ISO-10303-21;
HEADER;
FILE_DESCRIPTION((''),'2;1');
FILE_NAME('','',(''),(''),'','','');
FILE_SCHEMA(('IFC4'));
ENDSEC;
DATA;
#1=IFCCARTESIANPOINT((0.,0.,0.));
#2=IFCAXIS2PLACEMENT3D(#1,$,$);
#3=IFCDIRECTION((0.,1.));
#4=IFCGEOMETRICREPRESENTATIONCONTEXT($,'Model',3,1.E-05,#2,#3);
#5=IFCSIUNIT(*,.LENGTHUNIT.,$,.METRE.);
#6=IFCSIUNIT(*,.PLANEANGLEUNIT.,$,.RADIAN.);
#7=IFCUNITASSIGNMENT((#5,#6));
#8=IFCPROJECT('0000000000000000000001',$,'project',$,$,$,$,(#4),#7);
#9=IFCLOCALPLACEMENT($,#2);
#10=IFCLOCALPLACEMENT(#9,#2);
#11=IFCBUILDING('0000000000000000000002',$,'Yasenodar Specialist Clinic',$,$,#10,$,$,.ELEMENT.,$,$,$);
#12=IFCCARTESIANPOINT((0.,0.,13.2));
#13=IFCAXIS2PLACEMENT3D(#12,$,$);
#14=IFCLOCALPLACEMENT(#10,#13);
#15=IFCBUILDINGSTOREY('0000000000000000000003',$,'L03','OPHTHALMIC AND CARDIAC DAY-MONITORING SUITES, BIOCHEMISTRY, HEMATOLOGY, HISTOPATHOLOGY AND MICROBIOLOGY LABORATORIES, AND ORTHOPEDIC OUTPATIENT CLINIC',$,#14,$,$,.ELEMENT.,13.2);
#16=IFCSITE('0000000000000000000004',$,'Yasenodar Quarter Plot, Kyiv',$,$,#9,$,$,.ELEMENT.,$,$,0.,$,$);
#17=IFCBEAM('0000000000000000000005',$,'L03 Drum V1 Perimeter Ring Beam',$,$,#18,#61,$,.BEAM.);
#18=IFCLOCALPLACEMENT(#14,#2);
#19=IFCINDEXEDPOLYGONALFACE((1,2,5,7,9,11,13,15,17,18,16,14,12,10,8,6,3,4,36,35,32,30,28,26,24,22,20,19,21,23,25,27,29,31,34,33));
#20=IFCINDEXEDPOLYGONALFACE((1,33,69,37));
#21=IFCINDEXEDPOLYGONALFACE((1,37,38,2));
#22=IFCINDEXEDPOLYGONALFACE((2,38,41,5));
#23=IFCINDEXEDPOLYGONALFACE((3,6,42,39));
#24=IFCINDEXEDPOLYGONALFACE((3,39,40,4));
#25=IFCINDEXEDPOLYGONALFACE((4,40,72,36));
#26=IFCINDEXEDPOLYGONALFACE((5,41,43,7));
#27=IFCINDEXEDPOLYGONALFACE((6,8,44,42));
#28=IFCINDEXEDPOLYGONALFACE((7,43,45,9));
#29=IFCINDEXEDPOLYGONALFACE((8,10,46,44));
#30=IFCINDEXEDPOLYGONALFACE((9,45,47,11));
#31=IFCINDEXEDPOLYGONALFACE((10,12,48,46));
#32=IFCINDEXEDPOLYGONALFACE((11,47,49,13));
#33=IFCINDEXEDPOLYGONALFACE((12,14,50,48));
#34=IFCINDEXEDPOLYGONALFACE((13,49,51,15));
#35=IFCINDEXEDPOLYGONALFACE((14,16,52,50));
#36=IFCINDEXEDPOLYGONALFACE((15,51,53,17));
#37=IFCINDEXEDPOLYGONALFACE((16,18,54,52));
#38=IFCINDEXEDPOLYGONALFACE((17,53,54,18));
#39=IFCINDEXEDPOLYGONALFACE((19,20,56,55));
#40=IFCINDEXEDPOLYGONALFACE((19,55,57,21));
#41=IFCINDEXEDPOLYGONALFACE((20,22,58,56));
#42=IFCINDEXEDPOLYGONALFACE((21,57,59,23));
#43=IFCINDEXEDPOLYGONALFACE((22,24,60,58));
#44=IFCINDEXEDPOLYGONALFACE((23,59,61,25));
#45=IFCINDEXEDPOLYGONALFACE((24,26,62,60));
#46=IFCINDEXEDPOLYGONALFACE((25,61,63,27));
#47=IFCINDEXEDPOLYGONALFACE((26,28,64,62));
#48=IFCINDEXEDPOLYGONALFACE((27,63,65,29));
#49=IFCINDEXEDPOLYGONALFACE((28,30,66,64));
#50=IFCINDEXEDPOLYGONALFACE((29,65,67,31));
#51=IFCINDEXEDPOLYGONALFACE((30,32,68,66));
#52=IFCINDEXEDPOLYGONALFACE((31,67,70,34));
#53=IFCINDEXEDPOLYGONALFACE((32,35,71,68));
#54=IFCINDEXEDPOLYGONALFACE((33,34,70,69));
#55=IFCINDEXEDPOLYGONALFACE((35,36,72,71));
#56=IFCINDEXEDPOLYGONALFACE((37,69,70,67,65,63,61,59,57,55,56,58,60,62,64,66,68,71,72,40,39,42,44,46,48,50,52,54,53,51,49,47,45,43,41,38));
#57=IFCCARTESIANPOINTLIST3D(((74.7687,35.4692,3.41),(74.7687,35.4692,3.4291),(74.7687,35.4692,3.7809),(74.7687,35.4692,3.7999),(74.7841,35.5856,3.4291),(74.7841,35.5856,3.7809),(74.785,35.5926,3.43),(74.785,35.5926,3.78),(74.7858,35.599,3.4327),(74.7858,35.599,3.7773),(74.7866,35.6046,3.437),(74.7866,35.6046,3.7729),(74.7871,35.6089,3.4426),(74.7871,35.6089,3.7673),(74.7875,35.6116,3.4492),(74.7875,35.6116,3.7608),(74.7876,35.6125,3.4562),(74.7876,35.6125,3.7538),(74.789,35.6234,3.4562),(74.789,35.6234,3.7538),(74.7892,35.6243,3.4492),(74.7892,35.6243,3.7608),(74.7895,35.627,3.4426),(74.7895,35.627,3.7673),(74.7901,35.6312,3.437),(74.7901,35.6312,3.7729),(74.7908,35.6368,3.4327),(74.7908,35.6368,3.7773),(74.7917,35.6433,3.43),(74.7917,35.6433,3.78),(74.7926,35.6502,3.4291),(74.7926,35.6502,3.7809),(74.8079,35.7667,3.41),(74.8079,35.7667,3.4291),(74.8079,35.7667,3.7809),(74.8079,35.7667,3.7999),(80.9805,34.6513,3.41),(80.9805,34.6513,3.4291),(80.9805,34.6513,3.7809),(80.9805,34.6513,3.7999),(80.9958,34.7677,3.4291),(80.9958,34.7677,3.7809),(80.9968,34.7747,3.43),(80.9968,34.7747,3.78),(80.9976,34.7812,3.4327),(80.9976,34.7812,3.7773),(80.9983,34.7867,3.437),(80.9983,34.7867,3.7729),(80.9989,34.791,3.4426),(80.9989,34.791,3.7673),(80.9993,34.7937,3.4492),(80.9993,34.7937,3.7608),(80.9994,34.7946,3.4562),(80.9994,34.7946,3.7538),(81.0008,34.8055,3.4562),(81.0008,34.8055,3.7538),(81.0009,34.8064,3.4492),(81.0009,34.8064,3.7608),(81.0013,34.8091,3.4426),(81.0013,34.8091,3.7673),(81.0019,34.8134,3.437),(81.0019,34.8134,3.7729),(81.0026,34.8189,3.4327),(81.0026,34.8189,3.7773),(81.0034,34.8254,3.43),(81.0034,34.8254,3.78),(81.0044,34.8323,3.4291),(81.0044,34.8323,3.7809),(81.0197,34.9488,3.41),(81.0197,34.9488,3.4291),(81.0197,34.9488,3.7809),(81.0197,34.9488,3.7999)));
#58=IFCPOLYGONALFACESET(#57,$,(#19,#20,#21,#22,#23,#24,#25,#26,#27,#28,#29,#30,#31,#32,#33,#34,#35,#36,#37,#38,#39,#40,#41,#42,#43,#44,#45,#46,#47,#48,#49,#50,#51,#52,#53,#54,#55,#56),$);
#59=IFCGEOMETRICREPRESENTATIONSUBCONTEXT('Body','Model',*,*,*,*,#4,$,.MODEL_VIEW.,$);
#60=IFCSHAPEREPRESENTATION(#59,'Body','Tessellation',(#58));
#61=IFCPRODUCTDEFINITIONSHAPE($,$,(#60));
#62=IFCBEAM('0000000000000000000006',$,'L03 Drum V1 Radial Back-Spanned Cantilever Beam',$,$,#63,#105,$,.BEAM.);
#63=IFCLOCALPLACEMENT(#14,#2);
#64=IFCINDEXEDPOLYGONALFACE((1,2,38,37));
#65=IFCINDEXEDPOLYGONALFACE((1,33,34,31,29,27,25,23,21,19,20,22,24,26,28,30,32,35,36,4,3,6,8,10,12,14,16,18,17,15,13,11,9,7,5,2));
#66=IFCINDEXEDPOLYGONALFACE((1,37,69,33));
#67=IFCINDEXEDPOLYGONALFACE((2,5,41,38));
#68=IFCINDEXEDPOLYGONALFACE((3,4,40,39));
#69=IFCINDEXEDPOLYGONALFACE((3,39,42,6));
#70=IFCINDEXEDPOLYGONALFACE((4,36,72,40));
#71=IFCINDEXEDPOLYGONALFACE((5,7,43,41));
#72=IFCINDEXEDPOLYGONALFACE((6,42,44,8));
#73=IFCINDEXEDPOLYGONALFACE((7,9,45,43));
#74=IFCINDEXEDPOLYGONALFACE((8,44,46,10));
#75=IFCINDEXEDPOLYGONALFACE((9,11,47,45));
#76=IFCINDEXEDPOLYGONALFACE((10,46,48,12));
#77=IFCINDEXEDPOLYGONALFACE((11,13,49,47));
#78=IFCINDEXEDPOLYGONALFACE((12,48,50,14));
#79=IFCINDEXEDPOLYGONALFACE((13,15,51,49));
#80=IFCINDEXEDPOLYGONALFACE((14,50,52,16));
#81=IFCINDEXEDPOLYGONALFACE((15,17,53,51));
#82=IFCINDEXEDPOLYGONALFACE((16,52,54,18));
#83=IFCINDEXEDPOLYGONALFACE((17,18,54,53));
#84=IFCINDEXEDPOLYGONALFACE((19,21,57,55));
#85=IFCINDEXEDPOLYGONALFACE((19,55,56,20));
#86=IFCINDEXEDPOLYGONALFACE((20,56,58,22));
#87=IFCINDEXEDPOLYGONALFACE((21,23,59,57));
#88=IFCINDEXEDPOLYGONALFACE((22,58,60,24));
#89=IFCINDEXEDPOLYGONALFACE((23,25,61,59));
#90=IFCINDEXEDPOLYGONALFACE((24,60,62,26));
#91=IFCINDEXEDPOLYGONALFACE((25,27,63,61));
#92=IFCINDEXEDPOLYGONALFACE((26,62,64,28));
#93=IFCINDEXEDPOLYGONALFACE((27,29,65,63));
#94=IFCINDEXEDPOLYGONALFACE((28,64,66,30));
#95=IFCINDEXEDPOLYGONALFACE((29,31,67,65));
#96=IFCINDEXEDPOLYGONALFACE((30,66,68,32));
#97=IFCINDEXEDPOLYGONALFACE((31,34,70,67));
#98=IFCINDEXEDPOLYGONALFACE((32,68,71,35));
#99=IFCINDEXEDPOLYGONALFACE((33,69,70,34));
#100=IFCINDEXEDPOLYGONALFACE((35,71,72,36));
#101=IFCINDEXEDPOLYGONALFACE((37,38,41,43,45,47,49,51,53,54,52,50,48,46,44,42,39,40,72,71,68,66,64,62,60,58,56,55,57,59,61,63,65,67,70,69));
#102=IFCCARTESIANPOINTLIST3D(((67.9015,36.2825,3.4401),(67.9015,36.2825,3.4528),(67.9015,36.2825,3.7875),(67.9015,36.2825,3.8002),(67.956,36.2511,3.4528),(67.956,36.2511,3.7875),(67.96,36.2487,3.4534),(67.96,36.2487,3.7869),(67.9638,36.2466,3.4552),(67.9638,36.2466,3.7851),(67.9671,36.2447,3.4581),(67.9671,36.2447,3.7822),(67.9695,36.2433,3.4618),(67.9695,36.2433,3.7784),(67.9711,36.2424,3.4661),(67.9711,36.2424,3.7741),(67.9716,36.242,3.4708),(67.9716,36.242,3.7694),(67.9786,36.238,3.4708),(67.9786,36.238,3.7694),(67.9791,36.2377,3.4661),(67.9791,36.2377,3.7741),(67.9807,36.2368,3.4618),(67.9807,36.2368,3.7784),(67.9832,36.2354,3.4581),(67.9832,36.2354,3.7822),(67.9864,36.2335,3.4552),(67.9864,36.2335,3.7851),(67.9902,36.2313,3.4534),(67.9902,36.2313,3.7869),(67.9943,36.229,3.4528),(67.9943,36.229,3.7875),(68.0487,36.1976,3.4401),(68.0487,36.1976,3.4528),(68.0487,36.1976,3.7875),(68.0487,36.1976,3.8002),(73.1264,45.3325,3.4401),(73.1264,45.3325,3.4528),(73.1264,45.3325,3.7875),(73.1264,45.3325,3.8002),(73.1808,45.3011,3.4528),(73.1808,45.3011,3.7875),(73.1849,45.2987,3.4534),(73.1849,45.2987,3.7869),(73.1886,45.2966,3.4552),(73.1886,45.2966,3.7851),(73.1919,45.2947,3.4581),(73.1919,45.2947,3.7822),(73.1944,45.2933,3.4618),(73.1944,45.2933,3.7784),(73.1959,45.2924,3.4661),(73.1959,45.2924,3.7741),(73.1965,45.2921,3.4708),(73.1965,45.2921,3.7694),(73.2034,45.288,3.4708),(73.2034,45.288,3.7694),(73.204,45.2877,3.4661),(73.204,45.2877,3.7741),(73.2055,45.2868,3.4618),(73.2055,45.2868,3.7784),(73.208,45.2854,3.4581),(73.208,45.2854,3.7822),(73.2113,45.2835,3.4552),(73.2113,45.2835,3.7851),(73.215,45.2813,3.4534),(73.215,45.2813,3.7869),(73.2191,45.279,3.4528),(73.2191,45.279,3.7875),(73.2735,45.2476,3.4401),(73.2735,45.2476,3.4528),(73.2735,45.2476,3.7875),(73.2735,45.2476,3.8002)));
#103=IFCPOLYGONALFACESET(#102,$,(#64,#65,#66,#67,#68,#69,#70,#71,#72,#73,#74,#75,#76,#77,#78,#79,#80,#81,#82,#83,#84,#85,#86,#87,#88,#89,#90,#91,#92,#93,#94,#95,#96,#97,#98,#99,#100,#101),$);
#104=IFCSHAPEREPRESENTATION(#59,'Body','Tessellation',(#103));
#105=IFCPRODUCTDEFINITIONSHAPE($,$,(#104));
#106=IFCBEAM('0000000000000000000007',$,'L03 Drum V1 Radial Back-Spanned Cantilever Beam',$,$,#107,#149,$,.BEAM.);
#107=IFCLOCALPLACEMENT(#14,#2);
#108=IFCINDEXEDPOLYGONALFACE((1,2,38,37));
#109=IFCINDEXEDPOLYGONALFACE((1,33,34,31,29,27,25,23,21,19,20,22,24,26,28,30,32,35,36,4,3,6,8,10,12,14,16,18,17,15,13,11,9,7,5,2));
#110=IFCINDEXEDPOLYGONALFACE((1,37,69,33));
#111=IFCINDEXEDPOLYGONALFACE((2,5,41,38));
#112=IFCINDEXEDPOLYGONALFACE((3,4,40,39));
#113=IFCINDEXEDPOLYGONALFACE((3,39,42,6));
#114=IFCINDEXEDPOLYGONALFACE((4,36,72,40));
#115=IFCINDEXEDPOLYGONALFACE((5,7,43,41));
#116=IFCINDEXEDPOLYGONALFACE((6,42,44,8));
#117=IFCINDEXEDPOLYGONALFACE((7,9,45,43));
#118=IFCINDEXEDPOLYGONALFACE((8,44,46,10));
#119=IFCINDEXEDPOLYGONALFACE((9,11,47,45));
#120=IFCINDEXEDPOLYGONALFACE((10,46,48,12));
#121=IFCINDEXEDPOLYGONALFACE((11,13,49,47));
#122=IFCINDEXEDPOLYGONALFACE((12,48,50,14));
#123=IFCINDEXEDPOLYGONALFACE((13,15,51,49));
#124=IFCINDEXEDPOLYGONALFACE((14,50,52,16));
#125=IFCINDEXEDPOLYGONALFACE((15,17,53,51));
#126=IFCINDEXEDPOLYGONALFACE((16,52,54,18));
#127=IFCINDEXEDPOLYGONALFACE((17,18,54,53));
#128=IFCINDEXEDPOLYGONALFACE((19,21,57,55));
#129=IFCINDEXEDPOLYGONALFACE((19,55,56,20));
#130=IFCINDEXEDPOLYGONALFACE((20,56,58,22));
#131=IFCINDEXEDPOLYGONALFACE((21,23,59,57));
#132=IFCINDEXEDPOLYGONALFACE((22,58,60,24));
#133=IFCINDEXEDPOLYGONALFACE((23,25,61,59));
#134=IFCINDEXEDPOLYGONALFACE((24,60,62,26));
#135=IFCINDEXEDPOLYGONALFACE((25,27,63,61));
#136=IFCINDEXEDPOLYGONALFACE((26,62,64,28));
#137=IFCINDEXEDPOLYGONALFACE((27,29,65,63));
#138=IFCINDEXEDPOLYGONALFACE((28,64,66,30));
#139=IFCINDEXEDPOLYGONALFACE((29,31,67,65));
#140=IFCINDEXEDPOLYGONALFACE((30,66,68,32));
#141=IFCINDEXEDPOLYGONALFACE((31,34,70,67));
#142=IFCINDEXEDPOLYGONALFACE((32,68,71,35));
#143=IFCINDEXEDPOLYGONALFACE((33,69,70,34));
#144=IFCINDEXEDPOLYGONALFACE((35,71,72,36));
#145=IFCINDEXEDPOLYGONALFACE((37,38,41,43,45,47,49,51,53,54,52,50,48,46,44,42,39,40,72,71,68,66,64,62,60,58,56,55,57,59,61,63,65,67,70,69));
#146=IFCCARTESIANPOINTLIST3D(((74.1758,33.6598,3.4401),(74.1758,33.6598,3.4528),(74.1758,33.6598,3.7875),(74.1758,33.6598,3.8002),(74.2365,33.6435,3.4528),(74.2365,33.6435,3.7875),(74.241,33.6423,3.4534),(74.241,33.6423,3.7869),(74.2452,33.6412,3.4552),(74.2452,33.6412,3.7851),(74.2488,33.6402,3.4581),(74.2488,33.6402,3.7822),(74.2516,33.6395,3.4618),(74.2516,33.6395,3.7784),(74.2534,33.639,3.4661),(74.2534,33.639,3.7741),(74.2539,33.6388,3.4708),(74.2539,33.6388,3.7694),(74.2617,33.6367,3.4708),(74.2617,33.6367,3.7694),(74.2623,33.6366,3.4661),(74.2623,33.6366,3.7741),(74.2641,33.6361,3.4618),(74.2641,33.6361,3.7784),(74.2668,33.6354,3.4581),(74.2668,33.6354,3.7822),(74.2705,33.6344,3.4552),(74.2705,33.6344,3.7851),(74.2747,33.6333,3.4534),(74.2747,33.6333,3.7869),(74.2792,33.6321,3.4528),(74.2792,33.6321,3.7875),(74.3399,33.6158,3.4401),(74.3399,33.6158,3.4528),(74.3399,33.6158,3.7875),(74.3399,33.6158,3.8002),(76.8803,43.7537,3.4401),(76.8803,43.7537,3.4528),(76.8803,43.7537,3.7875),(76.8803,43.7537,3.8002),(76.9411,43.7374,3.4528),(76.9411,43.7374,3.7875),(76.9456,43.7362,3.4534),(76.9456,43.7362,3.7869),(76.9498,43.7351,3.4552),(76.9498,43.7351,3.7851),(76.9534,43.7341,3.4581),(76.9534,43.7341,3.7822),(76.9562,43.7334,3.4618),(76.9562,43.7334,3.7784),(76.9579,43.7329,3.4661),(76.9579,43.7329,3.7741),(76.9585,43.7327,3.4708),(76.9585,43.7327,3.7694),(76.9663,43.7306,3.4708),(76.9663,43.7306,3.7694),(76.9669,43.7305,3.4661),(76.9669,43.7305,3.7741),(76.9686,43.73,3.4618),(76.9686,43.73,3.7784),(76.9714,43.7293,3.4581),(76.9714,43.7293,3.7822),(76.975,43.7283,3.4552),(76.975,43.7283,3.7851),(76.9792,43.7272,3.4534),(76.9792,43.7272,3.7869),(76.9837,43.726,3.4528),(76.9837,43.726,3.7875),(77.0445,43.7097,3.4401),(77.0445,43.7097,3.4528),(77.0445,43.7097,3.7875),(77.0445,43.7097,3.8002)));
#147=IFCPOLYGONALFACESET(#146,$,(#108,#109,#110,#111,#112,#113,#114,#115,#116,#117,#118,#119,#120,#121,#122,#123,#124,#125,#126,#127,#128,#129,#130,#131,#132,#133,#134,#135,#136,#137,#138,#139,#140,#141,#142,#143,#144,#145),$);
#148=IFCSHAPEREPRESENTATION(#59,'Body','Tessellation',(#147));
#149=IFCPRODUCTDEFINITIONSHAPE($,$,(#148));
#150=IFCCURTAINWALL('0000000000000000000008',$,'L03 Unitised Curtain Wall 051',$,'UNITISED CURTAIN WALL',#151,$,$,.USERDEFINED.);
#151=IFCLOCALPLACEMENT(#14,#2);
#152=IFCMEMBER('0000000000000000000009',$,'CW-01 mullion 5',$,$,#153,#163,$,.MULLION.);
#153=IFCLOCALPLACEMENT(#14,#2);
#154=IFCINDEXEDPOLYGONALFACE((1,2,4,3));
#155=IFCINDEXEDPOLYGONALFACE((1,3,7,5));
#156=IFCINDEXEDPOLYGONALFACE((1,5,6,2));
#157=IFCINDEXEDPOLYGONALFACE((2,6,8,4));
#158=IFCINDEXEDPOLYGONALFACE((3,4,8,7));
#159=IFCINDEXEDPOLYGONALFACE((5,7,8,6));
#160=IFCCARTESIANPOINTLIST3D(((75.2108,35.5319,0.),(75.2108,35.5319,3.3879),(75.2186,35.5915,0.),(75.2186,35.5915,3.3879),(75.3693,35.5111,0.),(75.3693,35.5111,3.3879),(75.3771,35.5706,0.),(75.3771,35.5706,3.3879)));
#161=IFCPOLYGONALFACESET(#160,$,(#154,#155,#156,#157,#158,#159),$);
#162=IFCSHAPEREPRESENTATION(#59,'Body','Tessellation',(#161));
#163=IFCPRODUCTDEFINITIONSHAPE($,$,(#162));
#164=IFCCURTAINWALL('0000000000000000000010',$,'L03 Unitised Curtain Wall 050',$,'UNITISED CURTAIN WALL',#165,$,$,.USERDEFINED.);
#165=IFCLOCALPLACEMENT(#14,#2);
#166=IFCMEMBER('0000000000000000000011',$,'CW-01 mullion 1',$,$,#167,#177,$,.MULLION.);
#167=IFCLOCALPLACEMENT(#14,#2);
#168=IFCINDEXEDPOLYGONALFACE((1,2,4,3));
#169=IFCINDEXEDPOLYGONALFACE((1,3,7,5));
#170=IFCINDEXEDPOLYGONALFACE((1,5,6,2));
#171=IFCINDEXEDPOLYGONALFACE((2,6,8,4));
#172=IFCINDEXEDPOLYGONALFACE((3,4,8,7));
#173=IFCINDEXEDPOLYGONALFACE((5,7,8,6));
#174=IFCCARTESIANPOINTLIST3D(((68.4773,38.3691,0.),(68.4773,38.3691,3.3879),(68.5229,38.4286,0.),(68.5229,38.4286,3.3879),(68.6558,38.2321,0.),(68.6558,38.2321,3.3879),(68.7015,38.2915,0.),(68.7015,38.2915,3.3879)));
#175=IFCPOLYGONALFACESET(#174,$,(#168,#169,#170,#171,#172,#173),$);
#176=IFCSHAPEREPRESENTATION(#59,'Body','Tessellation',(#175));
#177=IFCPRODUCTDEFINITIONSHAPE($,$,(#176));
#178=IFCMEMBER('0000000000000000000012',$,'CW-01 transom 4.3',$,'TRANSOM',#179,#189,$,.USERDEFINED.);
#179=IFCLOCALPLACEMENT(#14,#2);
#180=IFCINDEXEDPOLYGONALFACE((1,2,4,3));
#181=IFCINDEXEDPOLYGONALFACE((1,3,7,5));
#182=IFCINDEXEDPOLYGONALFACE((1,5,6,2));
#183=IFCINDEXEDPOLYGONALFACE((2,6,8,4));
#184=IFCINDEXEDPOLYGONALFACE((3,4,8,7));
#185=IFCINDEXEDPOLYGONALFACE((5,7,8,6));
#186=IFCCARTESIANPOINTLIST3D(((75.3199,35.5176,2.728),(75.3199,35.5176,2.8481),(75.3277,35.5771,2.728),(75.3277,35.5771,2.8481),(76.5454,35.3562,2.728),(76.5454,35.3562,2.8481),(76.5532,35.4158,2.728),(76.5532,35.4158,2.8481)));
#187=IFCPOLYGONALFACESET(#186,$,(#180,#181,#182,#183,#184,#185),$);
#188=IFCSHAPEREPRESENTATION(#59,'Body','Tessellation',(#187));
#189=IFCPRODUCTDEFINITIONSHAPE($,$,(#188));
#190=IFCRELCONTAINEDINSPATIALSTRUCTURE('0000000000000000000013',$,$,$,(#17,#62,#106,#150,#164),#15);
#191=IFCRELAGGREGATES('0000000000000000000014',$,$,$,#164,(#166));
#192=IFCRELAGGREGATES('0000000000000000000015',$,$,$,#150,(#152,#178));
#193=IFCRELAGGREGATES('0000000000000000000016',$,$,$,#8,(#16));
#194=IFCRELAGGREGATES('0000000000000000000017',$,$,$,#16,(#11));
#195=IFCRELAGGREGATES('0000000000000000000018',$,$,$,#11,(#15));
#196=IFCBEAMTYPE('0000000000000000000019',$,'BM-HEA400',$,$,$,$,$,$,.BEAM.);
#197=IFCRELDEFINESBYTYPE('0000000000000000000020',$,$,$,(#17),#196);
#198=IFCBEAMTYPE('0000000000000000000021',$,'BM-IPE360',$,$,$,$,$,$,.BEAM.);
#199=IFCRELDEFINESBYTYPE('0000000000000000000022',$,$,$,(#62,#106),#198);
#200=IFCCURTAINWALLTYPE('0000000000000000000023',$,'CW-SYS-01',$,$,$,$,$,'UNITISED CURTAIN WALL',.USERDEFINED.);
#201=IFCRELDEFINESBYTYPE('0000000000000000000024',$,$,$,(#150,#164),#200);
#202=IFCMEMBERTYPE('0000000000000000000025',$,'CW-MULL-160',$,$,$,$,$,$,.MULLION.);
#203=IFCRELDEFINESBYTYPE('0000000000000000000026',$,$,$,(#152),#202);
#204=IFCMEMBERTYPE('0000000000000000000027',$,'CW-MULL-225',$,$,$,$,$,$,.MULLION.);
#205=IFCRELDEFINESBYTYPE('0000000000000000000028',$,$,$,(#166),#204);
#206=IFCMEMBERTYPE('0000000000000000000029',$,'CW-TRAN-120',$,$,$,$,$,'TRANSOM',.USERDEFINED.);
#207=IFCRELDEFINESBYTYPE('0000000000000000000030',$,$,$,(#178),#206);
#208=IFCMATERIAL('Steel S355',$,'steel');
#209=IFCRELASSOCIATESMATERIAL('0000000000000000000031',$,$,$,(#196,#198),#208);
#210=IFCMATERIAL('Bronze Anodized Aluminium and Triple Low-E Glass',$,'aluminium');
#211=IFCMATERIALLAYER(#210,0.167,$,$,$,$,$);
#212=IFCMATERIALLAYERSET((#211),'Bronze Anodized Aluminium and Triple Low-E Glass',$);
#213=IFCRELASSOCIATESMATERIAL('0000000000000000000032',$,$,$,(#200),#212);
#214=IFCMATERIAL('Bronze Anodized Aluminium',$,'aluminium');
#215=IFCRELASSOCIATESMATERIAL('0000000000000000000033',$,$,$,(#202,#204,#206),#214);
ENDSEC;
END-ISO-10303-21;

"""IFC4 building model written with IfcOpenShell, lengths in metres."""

from ifc_helpers import new_model, si_unit, direction, frame, origin, origin_2d, place, context, subcontext, project, spatial, rectangle, i_section, extrude, material, layer, layer_set, material_profile, profile_set, type_object, element, aggregate, save


model = new_model("IFC4")

# Units and contexts
model_context = context("Model", 3, precision=1e-05, world=origin(), true_north=direction((0.0, 1.0)))
body_context = subcontext(model_context, "Body", "Model", "MODEL_VIEW")
ifc_project = project(units=[si_unit("LENGTHUNIT", "METRE"), si_unit("PLANEANGLEUNIT", "RADIAN")], contexts=[model_context])

# Site, building, storey
site_placement = place(None, origin())
site = spatial("IfcSite", under=ifc_project, at=site_placement, Name="Yasenodar Quarter Plot, Kyiv", CompositionType="ELEMENT", RefElevation=0.0)
building_placement = place(site_placement, origin())
building = spatial("IfcBuilding", under=site, at=building_placement, Name="Yasenodar Specialist Clinic", CompositionType="ELEMENT")
storey_placement = place(building_placement, frame((0.0, 0.0, 13.2)))
storey = spatial("IfcBuildingStorey", under=building, at=storey_placement, Name="L03", Description="OPHTHALMIC AND CARDIAC DAY-MONITORING SUITES, BIOCHEMISTRY, HEMATOLOGY, HISTOPATHOLOGY AND MICROBIOLOGY LABORATORIES, AND ORTHOPEDIC OUTPATIENT CLINIC", CompositionType="ELEMENT", Elevation=13.2)

# Shared definitions
ifc_material_1 = material(Name="Steel S355", Category="steel")

# Beams
ifc_material_profile_1 = material_profile(ifc_material_1, i_section(OverallWidth=0.3, OverallDepth=0.3899, WebThickness=0.011, FlangeThickness=0.019, FilletRadius=0.0271, at=origin_2d()), Name="HEA 400")
ifc_profile_set_1 = profile_set([ifc_material_profile_1], Name="Steel S355")
beam_type_1 = type_object("IfcBeamType", Name="BM-HEA400", PredefinedType="BEAM", material=ifc_profile_set_1)
beam_1_placement = place(storey_placement, frame((74.7883, 35.6179, 3.605), z_axis=(0.991443, -0.13054, 0.0), x_axis=(0.13054, 0.991443, 0.0)))
element("IfcBeam", 1, at=beam_1_placement, inside=storey, type_object=beam_type_1, Name="L03 Drum V1 Perimeter Ring Beam", PredefinedType="BEAM", context=body_context, shape_type="SweptSolid", body=[
    extrude(i_section(OverallWidth=0.3, OverallDepth=0.3899, WebThickness=0.011, FlangeThickness=0.019, FilletRadius=0.0271, at=origin_2d()), origin(), (0.0, 0.0, 1.0), 6.2654),
])
ifc_material_profile_2 = material_profile(ifc_material_1, i_section(OverallWidth=0.1699, OverallDepth=0.3601, WebThickness=0.0081, FlangeThickness=0.0127, FilletRadius=0.0181, at=origin_2d()), Name="IPE 360")
ifc_profile_set_2 = profile_set([ifc_material_profile_2], Name="Steel S355")
beam_type_2 = type_object("IfcBeamType", Name="BM-IPE360", PredefinedType="BEAM", material=ifc_profile_set_2)
for number, where, z_axis, x_axis, name in (
    (2, (73.2, 45.29, 3.6201), (-0.499986, -0.866033, 0.0), (0.866033, -0.499986, 0.0), "L03 Drum V1 Radial Back-Spanned Cantilever Beam"),
    (3, (76.9624, 43.7317, 3.6201), (-0.258811, -0.965928, 0.0), (0.965928, -0.258811, 0.0), "L03 Drum V1 Radial Back-Spanned Cantilever Beam"),
):
    element("IfcBeam", number, at=place(storey_placement, frame(where, z_axis=z_axis, x_axis=x_axis)), inside=storey, type_object=beam_type_2, Name=name, PredefinedType="BEAM", context=body_context, shape_type="SweptSolid", body=[
        extrude(i_section(OverallWidth=0.1699, OverallDepth=0.3601, WebThickness=0.0081, FlangeThickness=0.0127, FilletRadius=0.0181, at=origin_2d()), origin(), (0.0, 0.0, 1.0), 10.45),
    ])

# Curtain walls, members
ifc_material_2 = material(Name="Bronze Anodized Aluminium and Triple Low-E Glass", Category="aluminium")
ifc_layer_1 = layer(ifc_material_2, 0.167)
ifc_layer_set_1 = layer_set([ifc_layer_1], Name="Bronze Anodized Aluminium and Triple Low-E Glass")
curtain_wall_type = type_object("IfcCurtainWallType", Name="CW-SYS-01", ElementType="UNITISED CURTAIN WALL", PredefinedType="USERDEFINED", material=ifc_layer_set_1)
curtain_wall_1_placement = place(storey_placement, origin())
curtain_wall_1 = element("IfcCurtainWall", 4, at=curtain_wall_1_placement, inside=storey, type_object=curtain_wall_type, Name="L03 Unitised Curtain Wall 051", ObjectType="UNITISED CURTAIN WALL", PredefinedType="USERDEFINED")
ifc_material_3 = material(Name="Bronze Anodized Aluminium", Category="aluminium")
ifc_material_profile_3 = material_profile(ifc_material_3, rectangle(XDim=0.0601, YDim=0.1599, at=origin_2d()), Name="CW-MULL 60x160")
ifc_profile_set_3 = profile_set([ifc_material_profile_3], Name="Bronze Anodized Aluminium")
member_type_1 = type_object("IfcMemberType", Name="CW-MULL-160", PredefinedType="MULLION", material=ifc_profile_set_3)
member_1_placement = place(storey_placement, frame((75.2939, 35.5513, 0.0), z_axis=(0.0, 0.0, 1.0), x_axis=(-0.130512, -0.991447, 0.0)))
member_1 = element("IfcMember", 5, at=member_1_placement, type_object=member_type_1, Name="CW-01 mullion 5", PredefinedType="MULLION", context=body_context, shape_type="SweptSolid", body=[
    extrude(rectangle(XDim=0.0601, YDim=0.1599, at=origin_2d()), origin(), (0.0, 0.0, 1.0), 3.3879),
])
curtain_wall_2_placement = place(storey_placement, origin())
curtain_wall_2 = element("IfcCurtainWall", 6, at=curtain_wall_2_placement, inside=storey, type_object=curtain_wall_type, Name="L03 Unitised Curtain Wall 050", ObjectType="UNITISED CURTAIN WALL", PredefinedType="USERDEFINED")
ifc_material_profile_4 = material_profile(ifc_material_3, rectangle(XDim=0.075, YDim=0.2251, at=origin_2d()), Name="CW-MULL 75x225")
ifc_profile_set_4 = profile_set([ifc_material_profile_4], Name="Bronze Anodized Aluminium")
member_type_2 = type_object("IfcMemberType", Name="CW-MULL-225", PredefinedType="MULLION", material=ifc_profile_set_4)
member_2_placement = place(storey_placement, frame((68.5894, 38.3303, 0.0), z_axis=(0.0, 0.0, 1.0), x_axis=(-0.608752, -0.793361, 0.0)))
member_2 = element("IfcMember", 7, at=member_2_placement, type_object=member_type_2, Name="CW-01 mullion 1", PredefinedType="MULLION", context=body_context, shape_type="SweptSolid", body=[
    extrude(rectangle(XDim=0.075, YDim=0.2251, at=origin_2d()), origin(), (0.0, 0.0, 1.0), 3.3879),
])

# Member
ifc_material_profile_5 = material_profile(ifc_material_3, rectangle(XDim=0.0601, YDim=0.1201, at=origin_2d()), Name="CW-TRAN 60x120")
ifc_profile_set_5 = profile_set([ifc_material_profile_5], Name="Bronze Anodized Aluminium")
member_type_3 = type_object("IfcMemberType", Name="CW-TRAN-120", ElementType="TRANSOM", PredefinedType="USERDEFINED", material=ifc_profile_set_5)
member_3_placement = place(storey_placement, frame((76.5493, 35.386, 2.7881), z_axis=(-0.991442, 0.130546, 0.0), x_axis=(-0.130546, -0.991442, 0.0)))
member_3 = element("IfcMember", 8, at=member_3_placement, type_object=member_type_3, Name="CW-01 transom 4.3", ObjectType="TRANSOM", PredefinedType="USERDEFINED", context=body_context, shape_type="SweptSolid", body=[
    extrude(rectangle(XDim=0.0601, YDim=0.1201, at=origin_2d()), origin(), (0.0, 0.0, 1.0), 1.2361),
])
aggregate(curtain_wall_2, [member_2])

aggregate(curtain_wall_1, [member_1, member_3])

save(model, "model.ifc")
